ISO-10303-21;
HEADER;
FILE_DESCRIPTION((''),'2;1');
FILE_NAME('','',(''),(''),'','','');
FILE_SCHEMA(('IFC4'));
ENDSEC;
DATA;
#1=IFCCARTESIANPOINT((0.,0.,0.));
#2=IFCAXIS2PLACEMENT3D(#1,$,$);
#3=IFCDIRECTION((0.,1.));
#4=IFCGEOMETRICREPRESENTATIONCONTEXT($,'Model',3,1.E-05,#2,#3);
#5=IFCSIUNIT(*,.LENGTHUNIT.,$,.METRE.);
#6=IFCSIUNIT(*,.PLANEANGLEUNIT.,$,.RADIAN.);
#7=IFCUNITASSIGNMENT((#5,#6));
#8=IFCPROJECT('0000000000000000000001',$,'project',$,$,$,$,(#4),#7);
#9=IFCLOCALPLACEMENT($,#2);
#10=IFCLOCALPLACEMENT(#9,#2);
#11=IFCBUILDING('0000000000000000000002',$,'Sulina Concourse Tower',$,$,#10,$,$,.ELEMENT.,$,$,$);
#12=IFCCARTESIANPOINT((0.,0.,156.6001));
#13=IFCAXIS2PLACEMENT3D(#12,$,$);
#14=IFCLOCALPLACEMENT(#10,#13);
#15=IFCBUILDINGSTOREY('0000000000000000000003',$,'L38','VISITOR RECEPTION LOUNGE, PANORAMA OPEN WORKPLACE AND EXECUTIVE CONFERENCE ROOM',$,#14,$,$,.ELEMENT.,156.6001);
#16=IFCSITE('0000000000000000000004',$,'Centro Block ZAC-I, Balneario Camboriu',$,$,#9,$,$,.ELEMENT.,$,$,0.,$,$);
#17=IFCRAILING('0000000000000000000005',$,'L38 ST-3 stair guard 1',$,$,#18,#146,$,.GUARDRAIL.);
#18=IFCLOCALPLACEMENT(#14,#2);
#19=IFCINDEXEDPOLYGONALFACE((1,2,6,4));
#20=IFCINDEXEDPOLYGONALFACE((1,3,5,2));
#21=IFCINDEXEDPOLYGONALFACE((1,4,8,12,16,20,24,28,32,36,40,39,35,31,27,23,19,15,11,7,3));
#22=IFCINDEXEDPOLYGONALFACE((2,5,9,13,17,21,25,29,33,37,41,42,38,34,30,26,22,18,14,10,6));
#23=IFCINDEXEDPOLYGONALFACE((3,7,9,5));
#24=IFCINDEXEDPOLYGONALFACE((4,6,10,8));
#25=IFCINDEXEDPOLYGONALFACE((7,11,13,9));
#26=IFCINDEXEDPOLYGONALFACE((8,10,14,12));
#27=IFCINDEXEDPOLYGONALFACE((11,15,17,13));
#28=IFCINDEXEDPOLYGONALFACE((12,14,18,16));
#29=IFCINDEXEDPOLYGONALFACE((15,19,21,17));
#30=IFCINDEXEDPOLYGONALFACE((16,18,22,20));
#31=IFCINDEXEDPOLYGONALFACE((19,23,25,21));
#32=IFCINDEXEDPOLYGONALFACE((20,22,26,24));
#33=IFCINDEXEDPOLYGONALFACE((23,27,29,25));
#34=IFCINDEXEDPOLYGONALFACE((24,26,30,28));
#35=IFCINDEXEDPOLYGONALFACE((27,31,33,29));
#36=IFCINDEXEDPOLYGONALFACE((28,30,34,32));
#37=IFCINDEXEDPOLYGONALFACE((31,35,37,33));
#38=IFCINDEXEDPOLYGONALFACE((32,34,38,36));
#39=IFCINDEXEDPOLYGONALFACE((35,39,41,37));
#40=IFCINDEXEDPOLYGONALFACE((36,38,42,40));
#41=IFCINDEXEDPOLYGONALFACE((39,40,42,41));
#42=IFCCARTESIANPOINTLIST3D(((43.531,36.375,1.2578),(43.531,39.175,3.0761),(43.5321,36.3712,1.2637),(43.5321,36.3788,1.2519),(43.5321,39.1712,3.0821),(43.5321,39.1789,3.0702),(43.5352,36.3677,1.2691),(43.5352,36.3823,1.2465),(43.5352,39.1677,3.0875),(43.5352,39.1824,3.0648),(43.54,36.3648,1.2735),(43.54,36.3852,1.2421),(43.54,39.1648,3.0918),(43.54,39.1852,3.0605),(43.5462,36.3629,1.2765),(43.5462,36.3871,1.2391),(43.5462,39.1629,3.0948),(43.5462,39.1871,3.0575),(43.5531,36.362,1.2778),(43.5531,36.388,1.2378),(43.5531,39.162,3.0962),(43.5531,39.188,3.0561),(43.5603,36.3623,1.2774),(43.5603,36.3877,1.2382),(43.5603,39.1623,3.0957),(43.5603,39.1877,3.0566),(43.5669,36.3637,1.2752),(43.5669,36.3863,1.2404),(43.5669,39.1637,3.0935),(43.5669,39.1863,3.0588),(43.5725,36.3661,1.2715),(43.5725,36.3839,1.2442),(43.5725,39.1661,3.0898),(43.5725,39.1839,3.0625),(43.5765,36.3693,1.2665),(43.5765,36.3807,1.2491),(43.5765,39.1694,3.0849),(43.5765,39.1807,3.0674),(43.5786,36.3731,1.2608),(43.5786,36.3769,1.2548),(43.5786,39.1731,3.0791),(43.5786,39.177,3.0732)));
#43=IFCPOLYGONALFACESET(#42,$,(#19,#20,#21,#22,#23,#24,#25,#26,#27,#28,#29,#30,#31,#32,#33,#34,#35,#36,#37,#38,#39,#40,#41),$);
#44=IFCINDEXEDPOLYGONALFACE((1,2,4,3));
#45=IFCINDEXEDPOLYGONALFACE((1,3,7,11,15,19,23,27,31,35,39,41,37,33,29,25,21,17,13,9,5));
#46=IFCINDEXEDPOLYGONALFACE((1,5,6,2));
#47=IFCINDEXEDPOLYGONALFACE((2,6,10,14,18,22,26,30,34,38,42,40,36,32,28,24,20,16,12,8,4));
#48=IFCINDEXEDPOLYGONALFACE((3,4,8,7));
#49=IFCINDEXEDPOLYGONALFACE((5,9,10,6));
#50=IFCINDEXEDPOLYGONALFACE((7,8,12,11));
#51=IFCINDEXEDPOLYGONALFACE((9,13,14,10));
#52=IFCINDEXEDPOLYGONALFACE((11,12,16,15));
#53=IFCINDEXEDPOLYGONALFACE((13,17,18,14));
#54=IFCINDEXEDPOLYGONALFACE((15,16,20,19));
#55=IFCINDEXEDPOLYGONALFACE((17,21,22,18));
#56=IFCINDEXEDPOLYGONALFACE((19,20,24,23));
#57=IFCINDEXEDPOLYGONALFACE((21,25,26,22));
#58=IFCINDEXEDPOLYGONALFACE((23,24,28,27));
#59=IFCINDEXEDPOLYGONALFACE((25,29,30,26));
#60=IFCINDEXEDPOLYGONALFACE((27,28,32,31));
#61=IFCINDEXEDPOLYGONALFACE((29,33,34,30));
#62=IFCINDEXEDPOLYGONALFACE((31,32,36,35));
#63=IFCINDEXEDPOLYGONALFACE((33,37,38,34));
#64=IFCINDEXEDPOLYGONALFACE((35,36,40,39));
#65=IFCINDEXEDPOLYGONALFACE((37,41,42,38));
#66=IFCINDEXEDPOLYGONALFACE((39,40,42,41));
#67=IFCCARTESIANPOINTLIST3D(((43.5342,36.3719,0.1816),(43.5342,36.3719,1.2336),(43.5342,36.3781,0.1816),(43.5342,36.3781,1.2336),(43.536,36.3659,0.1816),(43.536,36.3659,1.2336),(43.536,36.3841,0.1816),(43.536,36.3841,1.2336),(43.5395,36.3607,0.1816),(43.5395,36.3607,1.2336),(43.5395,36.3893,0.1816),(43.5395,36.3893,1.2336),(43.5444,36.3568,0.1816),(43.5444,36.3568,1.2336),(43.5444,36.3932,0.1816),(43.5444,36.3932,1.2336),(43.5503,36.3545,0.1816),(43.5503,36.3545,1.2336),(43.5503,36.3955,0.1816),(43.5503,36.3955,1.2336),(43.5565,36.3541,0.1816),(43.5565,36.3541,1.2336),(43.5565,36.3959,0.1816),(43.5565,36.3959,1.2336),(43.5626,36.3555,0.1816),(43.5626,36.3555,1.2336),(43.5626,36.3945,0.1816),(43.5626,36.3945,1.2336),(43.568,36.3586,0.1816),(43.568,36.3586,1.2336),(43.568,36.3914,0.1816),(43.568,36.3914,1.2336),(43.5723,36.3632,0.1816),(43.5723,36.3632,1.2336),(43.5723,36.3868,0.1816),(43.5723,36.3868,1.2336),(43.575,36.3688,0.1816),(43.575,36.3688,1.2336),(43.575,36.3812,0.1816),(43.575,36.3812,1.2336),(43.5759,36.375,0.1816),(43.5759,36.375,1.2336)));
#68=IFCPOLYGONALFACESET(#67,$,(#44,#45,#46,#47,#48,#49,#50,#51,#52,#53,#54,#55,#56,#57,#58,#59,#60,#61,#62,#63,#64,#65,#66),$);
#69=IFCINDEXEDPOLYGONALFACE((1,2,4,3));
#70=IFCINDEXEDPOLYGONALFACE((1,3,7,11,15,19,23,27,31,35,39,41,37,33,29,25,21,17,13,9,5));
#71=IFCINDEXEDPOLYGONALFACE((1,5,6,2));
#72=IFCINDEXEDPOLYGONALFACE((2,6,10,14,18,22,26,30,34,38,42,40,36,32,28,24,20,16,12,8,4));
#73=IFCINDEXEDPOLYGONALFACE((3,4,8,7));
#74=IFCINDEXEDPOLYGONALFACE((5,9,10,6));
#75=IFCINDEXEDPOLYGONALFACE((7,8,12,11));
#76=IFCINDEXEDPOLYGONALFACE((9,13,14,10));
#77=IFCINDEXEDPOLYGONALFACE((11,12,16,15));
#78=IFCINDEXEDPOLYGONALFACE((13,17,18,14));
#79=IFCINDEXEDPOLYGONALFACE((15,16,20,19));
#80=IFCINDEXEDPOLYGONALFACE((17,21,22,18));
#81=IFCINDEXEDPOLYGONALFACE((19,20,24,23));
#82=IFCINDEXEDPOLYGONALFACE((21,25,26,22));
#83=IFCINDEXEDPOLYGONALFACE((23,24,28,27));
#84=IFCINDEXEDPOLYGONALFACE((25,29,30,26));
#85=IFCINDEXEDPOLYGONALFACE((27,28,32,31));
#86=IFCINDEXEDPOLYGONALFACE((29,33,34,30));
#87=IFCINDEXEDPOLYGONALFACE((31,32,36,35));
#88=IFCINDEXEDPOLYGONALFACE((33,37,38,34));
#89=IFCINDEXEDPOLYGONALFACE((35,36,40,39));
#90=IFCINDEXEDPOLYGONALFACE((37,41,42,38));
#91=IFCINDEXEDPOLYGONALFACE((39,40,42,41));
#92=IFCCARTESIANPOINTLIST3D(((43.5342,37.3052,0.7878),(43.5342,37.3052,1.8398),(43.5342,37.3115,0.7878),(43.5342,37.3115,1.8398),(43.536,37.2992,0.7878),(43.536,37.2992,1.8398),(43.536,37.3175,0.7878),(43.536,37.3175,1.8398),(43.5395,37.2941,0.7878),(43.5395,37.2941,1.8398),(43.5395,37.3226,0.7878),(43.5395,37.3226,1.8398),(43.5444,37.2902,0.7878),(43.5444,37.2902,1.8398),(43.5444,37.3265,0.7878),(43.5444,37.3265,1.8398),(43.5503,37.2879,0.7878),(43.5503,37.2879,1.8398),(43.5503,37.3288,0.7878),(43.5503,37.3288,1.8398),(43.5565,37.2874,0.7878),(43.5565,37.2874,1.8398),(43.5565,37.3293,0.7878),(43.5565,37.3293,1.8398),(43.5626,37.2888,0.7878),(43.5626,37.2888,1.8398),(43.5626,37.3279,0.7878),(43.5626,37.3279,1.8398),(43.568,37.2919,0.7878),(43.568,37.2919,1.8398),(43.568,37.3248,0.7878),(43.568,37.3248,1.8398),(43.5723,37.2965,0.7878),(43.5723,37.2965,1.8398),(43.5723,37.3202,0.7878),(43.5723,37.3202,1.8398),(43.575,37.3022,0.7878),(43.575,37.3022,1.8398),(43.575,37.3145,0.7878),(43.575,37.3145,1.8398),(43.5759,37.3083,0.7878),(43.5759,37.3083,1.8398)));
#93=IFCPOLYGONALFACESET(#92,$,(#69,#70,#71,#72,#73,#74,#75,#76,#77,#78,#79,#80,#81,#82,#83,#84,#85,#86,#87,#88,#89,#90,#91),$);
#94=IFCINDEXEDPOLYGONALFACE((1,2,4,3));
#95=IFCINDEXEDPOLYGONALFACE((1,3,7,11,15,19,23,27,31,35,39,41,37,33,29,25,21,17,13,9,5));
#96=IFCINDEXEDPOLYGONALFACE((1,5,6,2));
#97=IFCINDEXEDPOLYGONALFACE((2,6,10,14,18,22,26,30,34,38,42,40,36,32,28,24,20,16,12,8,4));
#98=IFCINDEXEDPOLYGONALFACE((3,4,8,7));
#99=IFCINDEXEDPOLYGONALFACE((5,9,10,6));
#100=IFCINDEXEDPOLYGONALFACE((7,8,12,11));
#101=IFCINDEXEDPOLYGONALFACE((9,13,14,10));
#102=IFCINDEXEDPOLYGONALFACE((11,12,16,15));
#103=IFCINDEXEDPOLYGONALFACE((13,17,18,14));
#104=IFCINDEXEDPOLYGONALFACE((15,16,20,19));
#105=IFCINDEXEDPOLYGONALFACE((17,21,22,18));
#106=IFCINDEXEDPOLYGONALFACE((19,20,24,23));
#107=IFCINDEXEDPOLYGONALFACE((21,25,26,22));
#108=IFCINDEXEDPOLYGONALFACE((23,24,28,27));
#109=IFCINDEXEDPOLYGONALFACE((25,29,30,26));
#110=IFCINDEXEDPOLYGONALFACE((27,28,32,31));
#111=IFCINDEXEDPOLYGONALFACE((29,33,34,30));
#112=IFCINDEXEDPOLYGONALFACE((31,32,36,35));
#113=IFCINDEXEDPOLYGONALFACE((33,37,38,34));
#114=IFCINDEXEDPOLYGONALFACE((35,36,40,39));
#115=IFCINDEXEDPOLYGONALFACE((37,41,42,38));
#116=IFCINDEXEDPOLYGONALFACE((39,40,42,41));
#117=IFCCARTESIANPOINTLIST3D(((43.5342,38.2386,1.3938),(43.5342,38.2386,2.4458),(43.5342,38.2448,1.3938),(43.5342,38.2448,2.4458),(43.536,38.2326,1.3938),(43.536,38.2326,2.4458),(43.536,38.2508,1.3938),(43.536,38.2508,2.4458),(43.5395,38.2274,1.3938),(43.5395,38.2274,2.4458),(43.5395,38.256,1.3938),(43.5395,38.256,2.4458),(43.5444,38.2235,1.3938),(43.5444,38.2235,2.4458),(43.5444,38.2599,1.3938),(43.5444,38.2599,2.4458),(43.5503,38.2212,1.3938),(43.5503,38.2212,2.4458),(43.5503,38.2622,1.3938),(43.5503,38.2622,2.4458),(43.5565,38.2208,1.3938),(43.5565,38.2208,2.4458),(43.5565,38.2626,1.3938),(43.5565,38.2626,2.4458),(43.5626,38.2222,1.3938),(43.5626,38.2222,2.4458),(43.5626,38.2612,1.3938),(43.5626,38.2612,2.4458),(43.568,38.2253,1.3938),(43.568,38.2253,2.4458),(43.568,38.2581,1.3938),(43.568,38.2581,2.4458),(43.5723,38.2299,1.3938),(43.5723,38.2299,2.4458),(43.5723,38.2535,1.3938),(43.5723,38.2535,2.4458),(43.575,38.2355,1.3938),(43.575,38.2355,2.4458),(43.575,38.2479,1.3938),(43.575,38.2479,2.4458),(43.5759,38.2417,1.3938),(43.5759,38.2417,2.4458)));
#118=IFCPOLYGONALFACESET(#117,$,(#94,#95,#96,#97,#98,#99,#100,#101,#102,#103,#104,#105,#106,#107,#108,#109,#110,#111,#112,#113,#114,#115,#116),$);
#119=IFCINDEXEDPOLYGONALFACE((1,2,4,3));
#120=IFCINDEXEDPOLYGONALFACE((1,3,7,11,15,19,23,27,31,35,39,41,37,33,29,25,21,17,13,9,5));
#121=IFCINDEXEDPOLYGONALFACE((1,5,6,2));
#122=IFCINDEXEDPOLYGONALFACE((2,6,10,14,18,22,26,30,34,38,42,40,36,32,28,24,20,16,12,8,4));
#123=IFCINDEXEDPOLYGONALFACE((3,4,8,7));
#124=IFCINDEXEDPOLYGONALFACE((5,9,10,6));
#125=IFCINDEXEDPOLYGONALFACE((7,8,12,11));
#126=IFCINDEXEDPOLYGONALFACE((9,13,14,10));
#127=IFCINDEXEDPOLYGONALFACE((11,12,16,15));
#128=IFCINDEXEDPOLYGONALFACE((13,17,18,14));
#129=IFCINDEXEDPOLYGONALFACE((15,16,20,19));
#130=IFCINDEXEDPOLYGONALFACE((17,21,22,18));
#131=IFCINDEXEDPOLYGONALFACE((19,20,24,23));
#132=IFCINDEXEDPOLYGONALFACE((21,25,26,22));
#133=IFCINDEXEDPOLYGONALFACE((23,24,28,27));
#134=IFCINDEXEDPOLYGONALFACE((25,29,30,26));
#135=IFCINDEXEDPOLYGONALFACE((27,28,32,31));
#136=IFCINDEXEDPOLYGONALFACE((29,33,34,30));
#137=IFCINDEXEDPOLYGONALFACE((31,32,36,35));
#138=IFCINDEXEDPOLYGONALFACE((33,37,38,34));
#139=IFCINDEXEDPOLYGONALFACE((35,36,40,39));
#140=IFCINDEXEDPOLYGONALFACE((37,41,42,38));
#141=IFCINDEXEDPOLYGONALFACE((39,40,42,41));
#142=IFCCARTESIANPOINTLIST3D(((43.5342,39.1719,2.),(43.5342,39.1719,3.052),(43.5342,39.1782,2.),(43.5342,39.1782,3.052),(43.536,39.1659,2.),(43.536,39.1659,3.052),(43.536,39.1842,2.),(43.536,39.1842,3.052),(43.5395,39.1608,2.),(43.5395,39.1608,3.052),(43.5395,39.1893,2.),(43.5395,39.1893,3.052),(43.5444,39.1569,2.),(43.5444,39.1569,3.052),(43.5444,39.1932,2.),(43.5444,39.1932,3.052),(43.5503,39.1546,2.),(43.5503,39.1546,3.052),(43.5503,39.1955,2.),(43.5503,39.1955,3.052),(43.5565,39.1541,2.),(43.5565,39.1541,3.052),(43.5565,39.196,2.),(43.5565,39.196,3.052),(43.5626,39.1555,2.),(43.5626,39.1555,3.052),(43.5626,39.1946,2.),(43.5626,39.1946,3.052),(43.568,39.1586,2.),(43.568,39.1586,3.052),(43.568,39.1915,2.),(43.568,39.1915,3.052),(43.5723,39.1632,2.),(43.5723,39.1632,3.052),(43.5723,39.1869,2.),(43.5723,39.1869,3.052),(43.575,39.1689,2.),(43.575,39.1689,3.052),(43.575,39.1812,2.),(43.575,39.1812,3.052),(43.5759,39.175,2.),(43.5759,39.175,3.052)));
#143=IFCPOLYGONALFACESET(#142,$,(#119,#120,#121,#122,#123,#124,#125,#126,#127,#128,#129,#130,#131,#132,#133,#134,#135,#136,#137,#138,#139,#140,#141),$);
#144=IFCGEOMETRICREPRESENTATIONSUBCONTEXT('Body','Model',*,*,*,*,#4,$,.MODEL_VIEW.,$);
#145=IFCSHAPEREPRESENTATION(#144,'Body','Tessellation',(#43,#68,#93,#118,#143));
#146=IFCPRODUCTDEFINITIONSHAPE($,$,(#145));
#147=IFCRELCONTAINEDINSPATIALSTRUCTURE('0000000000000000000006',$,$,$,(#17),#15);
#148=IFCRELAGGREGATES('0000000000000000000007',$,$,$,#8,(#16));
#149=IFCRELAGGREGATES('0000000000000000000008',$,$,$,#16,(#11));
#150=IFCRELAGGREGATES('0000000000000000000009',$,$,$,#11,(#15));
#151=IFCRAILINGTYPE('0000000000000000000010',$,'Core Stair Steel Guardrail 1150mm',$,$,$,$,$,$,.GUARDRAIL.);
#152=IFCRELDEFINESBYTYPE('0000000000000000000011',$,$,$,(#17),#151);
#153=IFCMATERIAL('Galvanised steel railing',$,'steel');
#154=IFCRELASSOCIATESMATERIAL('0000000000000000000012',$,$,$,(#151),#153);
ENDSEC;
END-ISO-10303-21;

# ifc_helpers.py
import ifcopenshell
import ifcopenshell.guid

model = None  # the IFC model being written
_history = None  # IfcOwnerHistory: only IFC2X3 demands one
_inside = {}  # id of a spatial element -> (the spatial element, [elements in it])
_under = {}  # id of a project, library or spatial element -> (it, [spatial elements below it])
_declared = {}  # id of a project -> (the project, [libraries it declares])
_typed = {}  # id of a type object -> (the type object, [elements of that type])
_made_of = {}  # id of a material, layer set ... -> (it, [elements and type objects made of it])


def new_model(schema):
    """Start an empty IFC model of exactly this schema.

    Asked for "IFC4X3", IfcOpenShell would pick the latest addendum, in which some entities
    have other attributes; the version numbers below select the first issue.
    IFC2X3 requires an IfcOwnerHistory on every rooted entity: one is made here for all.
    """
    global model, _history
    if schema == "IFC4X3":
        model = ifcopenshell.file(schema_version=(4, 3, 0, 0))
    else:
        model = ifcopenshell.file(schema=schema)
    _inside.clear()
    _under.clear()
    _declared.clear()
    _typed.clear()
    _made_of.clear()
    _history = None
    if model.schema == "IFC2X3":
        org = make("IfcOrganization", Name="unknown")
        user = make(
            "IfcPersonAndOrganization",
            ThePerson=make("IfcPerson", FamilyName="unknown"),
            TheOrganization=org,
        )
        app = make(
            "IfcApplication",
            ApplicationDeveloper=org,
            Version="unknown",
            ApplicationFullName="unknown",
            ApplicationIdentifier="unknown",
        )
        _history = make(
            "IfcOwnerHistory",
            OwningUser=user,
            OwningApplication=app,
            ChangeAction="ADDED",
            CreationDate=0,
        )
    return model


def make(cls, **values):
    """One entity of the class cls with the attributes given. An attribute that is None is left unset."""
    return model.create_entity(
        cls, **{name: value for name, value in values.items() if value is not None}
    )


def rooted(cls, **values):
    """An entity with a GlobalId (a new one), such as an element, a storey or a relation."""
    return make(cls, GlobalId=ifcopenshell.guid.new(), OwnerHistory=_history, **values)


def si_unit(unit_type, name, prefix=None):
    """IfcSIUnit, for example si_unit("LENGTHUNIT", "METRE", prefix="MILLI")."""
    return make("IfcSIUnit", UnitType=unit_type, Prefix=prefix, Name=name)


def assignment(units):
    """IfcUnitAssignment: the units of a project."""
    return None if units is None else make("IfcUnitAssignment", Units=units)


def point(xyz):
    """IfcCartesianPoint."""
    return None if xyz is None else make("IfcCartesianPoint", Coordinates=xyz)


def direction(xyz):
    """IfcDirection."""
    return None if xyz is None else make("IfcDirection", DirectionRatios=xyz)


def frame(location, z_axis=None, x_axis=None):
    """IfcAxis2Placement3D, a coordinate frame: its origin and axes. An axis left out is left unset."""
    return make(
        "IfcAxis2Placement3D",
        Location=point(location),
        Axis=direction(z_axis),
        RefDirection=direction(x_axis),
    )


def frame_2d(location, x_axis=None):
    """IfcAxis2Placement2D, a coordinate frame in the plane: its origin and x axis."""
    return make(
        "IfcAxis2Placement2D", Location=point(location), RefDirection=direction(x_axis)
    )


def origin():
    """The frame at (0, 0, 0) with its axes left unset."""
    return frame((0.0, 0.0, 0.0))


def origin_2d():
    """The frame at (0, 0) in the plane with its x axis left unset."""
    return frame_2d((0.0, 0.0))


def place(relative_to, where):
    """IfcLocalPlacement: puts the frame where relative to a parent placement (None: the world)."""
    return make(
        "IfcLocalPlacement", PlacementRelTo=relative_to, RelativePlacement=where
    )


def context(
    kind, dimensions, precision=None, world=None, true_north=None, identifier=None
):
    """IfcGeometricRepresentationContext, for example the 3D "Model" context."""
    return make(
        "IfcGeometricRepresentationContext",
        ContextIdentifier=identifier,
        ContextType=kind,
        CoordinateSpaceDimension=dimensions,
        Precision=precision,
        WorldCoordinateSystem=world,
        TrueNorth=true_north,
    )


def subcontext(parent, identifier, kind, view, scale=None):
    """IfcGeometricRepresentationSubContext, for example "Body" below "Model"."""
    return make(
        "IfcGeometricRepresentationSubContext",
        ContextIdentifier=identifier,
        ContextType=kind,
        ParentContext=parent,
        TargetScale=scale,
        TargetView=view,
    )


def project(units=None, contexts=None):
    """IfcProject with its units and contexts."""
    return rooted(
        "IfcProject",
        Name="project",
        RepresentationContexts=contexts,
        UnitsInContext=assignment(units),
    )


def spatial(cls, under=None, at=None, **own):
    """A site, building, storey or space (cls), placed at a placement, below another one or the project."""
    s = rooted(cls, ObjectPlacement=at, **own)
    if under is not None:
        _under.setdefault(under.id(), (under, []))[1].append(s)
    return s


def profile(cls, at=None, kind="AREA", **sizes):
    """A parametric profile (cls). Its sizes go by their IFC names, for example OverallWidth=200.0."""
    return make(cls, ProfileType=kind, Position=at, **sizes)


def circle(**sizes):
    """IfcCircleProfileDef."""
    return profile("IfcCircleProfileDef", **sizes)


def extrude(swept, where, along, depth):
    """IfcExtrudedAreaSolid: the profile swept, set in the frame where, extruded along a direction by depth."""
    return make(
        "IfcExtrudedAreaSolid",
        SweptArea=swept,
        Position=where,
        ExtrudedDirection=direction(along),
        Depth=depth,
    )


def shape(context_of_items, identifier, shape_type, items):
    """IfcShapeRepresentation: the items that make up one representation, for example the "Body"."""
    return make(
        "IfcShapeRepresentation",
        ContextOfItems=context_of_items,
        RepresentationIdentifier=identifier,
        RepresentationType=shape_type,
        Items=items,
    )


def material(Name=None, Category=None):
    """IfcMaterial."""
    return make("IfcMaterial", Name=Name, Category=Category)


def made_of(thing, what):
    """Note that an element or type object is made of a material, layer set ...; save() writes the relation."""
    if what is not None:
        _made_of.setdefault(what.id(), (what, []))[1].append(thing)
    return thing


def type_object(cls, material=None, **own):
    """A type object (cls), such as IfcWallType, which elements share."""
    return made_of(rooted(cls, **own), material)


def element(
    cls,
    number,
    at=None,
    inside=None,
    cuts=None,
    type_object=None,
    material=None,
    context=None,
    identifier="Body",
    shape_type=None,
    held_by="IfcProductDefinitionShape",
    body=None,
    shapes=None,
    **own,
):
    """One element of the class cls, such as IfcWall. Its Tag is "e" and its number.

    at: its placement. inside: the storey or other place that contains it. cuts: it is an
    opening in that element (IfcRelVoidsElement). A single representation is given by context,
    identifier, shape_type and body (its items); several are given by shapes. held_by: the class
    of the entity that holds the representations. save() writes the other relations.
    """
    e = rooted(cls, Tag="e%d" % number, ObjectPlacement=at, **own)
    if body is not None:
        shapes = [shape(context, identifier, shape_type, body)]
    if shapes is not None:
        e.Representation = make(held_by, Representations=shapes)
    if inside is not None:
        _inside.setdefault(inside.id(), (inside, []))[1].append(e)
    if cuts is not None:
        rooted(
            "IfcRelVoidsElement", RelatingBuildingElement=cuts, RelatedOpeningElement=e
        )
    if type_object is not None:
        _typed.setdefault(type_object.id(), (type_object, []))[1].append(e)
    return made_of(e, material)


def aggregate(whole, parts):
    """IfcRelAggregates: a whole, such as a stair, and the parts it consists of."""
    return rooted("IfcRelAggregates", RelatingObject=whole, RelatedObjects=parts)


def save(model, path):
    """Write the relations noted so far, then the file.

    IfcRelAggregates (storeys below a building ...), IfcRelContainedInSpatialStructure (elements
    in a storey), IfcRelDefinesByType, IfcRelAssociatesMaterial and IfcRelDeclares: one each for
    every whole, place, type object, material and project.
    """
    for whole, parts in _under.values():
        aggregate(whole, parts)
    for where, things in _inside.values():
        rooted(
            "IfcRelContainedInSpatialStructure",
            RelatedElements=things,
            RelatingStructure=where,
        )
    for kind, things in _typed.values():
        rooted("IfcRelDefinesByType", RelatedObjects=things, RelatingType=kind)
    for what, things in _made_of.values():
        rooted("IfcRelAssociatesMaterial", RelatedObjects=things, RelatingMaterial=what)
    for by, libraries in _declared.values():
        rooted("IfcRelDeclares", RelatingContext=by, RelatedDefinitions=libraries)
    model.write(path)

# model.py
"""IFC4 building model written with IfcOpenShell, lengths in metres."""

from ifc_helpers import new_model, si_unit, direction, frame, origin, origin_2d, place, context, subcontext, project, spatial, circle, extrude, material, type_object, element, save


model = new_model("IFC4")

# Units and contexts
model_context = context("Model", 3, precision=1e-05, world=origin(), true_north=direction((0.0, 1.0)))
body_context = subcontext(model_context, "Body", "Model", "MODEL_VIEW")
ifc_project = project(units=[si_unit("LENGTHUNIT", "METRE"), si_unit("PLANEANGLEUNIT", "RADIAN")], contexts=[model_context])

# Site, building, storey
site_placement = place(None, origin())
site = spatial("IfcSite", under=ifc_project, at=site_placement, Name="Centro Block ZAC-I, Balneario Camboriu", CompositionType="ELEMENT", RefElevation=0.0)
building_placement = place(site_placement, origin())
building = spatial("IfcBuilding", under=site, at=building_placement, Name="Sulina Concourse Tower", CompositionType="ELEMENT")
storey_placement = place(building_placement, frame((0.0, 0.0, 156.6001)))
storey = spatial("IfcBuildingStorey", under=building, at=storey_placement, Name="L38", Description="VISITOR RECEPTION LOUNGE, PANORAMA OPEN WORKPLACE AND EXECUTIVE CONFERENCE ROOM", CompositionType="ELEMENT", Elevation=156.6001)

# Railing
ifc_material_1 = material(Name="Galvanised steel railing", Category="steel")
railing_type_1 = type_object("IfcRailingType", Name="Core Stair Steel Guardrail 1150mm", PredefinedType="GUARDRAIL", material=ifc_material_1)
railing_1_placement = place(storey_placement, frame((43.5549, 36.375, 0.1816)))
element("IfcRailing", 1, at=railing_1_placement, inside=storey, type_object=railing_type_1, Name="L38 ST-3 stair guard 1", PredefinedType="GUARDRAIL", context=body_context, shape_type="SweptSolid", body=[
    extrude(circle(Radius=0.0239, at=origin_2d()), frame((0.0, 0.0, 1.0762), z_axis=(0.0, 0.838672, 0.544636), x_axis=(-1.0, 0.0, 0.0)), (0.0, 0.0, 1.0), 3.3386),
    extrude(circle(Radius=0.021, at=origin_2d()), origin(), (0.0, 0.0, 1.0), 1.052),
    extrude(circle(Radius=0.021, at=origin_2d()), frame((0.0, 0.9333, 0.6062)), (0.0, 0.0, 1.0), 1.052),
    extrude(circle(Radius=0.021, at=origin_2d()), frame((0.0, 1.8667, 1.2122)), (0.0, 0.0, 1.0), 1.052),
    extrude(circle(Radius=0.021, at=origin_2d()), frame((0.0, 2.8, 1.8184)), (0.0, 0.0, 1.0), 1.052),
])

save(model, "model.ifc")
